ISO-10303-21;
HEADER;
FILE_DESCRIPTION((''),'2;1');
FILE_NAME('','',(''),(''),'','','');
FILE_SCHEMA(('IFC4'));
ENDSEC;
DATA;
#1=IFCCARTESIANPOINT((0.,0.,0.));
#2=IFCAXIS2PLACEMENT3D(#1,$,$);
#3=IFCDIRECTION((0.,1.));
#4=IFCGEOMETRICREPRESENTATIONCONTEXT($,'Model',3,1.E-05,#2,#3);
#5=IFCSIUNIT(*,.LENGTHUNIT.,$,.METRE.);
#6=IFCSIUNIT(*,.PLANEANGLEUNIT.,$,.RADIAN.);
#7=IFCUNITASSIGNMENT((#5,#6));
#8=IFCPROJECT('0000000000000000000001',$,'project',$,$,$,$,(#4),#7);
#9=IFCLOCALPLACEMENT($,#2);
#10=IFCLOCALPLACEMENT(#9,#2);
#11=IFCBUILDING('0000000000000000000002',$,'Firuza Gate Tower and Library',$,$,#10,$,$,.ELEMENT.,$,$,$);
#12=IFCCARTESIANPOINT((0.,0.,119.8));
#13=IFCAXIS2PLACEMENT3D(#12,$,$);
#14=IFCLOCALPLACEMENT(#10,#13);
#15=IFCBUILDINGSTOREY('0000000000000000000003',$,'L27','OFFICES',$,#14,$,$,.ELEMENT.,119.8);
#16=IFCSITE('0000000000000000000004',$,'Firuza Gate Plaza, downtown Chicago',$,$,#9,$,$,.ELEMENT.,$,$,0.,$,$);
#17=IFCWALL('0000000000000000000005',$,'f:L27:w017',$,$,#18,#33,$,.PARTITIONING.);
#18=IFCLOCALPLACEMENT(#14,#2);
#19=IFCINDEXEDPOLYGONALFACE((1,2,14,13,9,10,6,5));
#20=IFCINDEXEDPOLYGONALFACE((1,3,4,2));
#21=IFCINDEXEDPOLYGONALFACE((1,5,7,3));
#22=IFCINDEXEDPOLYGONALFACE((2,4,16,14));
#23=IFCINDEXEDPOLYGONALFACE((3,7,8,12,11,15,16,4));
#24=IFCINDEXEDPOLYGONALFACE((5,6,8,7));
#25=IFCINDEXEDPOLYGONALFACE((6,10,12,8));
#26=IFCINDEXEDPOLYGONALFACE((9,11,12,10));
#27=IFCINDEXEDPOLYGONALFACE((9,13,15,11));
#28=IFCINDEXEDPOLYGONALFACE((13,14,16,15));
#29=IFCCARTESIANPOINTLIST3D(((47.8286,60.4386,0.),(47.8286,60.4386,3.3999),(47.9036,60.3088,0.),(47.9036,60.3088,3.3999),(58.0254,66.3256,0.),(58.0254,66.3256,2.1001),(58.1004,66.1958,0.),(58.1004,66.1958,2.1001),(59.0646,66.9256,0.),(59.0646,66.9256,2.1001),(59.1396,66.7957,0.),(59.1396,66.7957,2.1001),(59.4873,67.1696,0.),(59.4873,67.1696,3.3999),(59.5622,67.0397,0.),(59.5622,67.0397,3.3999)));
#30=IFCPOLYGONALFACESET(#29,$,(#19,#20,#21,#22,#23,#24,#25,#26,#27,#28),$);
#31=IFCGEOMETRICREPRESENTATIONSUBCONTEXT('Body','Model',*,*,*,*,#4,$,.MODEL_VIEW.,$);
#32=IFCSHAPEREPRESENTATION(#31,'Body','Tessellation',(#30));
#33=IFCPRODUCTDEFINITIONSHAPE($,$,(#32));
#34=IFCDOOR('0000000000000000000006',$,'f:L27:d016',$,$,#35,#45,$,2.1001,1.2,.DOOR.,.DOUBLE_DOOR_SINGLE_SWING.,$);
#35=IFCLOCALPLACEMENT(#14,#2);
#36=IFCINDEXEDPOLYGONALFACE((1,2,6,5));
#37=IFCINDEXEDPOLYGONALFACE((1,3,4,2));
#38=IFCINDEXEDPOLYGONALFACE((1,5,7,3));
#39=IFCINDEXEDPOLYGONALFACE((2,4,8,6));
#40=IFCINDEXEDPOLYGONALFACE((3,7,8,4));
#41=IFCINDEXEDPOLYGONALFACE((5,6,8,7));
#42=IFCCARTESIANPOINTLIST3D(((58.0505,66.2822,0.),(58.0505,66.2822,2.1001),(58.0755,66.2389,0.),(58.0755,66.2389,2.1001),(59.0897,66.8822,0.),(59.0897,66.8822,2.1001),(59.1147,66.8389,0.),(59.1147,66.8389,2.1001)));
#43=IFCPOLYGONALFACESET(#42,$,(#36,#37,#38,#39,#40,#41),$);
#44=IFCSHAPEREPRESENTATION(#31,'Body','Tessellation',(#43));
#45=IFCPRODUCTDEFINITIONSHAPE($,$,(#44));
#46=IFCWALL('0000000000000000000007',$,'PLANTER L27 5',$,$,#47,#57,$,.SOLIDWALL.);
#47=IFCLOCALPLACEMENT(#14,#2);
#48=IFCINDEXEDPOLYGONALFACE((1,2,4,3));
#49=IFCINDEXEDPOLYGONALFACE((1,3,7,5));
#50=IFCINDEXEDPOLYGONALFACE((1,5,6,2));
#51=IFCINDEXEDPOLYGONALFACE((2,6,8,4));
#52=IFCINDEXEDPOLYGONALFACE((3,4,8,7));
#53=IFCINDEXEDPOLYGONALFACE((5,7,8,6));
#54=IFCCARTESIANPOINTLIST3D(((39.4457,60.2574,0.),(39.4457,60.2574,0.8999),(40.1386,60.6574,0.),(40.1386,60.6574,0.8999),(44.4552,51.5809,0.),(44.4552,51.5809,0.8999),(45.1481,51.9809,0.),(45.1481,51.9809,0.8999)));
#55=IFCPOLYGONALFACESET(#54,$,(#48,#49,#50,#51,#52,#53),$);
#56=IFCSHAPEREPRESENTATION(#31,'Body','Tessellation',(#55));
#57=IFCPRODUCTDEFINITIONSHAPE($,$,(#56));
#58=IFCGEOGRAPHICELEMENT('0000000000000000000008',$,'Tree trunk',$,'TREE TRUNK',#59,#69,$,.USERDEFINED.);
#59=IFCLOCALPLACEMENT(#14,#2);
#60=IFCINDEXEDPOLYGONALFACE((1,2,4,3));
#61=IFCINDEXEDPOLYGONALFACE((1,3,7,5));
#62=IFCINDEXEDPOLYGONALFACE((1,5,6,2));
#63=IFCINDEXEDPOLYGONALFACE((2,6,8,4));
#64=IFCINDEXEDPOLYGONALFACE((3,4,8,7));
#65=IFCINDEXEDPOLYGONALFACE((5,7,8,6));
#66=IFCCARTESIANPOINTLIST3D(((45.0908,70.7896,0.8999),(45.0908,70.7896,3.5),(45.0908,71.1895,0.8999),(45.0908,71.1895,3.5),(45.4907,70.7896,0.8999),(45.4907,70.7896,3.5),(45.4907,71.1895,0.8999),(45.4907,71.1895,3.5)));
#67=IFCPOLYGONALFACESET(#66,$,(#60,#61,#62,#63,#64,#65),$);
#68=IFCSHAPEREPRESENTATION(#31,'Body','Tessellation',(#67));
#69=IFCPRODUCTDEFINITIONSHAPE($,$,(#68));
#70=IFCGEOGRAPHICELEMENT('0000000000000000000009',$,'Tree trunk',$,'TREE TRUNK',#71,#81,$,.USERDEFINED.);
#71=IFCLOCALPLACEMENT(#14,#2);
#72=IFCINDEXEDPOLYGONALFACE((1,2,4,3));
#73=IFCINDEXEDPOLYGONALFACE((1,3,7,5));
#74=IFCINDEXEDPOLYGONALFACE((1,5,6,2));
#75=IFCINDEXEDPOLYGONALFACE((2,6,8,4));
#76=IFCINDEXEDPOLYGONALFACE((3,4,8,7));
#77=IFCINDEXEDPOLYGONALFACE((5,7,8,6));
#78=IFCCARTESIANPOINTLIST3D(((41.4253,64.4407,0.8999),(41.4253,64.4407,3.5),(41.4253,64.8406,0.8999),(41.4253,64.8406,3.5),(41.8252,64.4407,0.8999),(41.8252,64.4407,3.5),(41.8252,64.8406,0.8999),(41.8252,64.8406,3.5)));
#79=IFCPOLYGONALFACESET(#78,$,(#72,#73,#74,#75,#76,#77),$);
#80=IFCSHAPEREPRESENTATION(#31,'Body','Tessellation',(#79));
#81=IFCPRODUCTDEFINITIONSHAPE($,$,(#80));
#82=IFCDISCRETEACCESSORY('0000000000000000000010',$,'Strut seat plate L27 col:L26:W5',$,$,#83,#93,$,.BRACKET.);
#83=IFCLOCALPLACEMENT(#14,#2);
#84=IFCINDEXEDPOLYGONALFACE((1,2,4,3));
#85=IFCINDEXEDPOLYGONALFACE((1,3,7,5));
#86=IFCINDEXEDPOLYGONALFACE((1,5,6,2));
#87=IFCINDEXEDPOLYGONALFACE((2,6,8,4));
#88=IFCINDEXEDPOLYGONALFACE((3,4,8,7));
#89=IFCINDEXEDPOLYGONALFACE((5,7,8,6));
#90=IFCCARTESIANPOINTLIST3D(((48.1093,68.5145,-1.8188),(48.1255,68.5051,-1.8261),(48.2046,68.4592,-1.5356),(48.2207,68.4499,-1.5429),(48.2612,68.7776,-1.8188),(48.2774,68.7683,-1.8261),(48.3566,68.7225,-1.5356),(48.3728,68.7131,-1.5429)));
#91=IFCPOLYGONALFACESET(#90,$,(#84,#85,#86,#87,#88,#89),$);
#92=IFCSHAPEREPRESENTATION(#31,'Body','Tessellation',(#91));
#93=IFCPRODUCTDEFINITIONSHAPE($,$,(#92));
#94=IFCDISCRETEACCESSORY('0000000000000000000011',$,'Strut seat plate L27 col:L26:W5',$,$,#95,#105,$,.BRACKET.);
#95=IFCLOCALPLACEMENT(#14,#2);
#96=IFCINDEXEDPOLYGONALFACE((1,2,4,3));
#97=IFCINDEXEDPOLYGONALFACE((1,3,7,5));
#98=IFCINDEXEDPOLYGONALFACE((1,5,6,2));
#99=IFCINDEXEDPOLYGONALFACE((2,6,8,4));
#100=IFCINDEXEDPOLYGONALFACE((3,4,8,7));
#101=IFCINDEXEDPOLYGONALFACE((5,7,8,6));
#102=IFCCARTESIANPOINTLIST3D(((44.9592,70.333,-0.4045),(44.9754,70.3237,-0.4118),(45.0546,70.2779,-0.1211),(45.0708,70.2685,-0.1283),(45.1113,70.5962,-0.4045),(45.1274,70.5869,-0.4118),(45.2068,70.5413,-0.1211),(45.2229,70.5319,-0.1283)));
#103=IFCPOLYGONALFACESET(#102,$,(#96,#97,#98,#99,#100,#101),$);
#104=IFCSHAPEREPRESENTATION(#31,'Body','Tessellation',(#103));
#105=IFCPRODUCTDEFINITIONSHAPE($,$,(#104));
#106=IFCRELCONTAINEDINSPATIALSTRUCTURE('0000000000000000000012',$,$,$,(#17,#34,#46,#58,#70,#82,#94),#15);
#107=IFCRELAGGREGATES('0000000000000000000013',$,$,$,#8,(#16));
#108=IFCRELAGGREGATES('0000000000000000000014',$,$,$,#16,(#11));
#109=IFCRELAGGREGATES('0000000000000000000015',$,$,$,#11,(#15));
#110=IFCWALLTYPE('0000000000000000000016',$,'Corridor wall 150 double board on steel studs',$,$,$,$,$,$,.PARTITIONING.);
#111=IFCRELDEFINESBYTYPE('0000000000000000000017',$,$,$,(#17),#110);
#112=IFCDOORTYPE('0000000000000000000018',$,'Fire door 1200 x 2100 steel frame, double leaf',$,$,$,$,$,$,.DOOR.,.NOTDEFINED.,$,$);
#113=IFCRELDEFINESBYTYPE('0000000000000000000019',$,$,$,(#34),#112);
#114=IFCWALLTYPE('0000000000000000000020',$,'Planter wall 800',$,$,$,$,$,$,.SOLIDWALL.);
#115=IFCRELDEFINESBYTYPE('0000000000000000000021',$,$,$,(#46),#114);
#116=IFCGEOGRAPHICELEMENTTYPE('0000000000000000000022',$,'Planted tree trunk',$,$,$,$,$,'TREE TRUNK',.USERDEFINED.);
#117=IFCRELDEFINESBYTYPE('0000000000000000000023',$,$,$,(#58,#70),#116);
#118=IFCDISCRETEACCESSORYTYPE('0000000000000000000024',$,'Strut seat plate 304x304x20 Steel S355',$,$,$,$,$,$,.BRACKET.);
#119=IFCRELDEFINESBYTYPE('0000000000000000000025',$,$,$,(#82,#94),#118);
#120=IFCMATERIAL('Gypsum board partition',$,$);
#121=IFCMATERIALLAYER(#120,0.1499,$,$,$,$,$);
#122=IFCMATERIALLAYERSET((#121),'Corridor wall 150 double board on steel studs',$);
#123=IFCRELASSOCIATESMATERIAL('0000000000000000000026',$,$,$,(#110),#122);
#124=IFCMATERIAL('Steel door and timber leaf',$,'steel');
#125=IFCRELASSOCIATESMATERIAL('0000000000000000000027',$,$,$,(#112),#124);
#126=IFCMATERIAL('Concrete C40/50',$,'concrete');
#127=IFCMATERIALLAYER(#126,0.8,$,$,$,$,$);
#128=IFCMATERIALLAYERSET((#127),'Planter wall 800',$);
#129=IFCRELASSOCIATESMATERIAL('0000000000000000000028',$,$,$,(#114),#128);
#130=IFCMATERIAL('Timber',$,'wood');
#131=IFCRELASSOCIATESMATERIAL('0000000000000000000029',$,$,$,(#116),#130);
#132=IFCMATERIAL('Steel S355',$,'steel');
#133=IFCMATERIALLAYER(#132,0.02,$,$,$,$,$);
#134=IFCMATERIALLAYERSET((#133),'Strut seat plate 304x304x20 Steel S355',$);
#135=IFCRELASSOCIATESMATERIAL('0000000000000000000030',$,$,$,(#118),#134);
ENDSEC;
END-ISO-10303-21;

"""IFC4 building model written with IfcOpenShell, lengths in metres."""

from ifc_helpers import new_model, si_unit, direction, frame, frame_2d, origin, origin_2d, place, context, subcontext, project, spatial, polyline, rectangle, outline, extrude, material, layer, layer_set, type_object, element, fill, save


model = new_model("IFC4")

# Units and contexts
model_context = context("Model", 3, precision=1e-05, world=origin(), true_north=direction((0.0, 1.0)))
body_context = subcontext(model_context, "Body", "Model", "MODEL_VIEW")
ifc_project = project(units=[si_unit("LENGTHUNIT", "METRE"), si_unit("PLANEANGLEUNIT", "RADIAN")], contexts=[model_context])

# Site, building, storey
site_placement = place(None, origin())
site = spatial("IfcSite", under=ifc_project, at=site_placement, Name="Firuza Gate Plaza, downtown Chicago", CompositionType="ELEMENT", RefElevation=0.0)
building_placement = place(site_placement, origin())
building = spatial("IfcBuilding", under=site, at=building_placement, Name="Firuza Gate Tower and Library", CompositionType="ELEMENT")
storey_placement = place(building_placement, frame((0.0, 0.0, 119.8)))
storey = spatial("IfcBuildingStorey", under=building, at=storey_placement, Name="L27", Description="OFFICES", CompositionType="ELEMENT", Elevation=119.8)

# Wall, opening, door
ifc_material_1 = material(Name="Gypsum board partition")
ifc_layer_1 = layer(ifc_material_1, 0.1499)
ifc_layer_set_1 = layer_set([ifc_layer_1], Name="Corridor wall 150 double board on steel studs")
wall_type_1 = type_object("IfcWallType", Name="Corridor wall 150 double board on steel studs", PredefinedType="PARTITIONING", material=ifc_layer_set_1)
wall_1_placement = place(storey_placement, frame((47.8662, 60.3738, 0.0), z_axis=(0.0, 0.0, 1.0), x_axis=(0.866032, 0.499989, 0.0)))
wall_1 = element("IfcWall", 1, at=wall_1_placement, inside=storey, type_object=wall_type_1, Name="f:L27:w017", PredefinedType="PARTITIONING", context=body_context, shape_type="SweptSolid", body=[
    extrude(rectangle(XDim=13.4622, YDim=0.1499, at=frame_2d((6.731, 0.0))), origin(), (0.0, 0.0, 1.0), 3.3999),
])
opening_placement = place(wall_1_placement, frame((11.7739, 0.0, 0.0)))
opening = element("IfcOpeningElement", 2, at=opening_placement, cuts=wall_1, PredefinedType="OPENING", context=body_context, shape_type="SweptSolid", body=[
    extrude(rectangle(XDim=1.2, YDim=2.1001, at=frame_2d((0.6001, 1.05))), frame((0.0, 0.085, 0.0), z_axis=(0.0, -1.0, 0.0), x_axis=(1.0, 0.0, 0.0)), (0.0, 0.0, 1.0), 0.1699),
])
ifc_material_2 = material(Name="Steel door and timber leaf", Category="steel")
door_type = type_object("IfcDoorType", Name="Fire door 1200 x 2100 steel frame, double leaf", OperationType="NOTDEFINED", PredefinedType="DOOR", material=ifc_material_2)
door_placement = place(opening_placement, origin())
door = element("IfcDoor", 3, at=door_placement, inside=storey, type_object=door_type, Name="f:L27:d016", OperationType="DOUBLE_DOOR_SINGLE_SWING", OverallHeight=2.1001, OverallWidth=1.2, PredefinedType="DOOR", context=body_context, shape_type="SweptSolid", body=[
    extrude(rectangle(XDim=1.2, YDim=2.1001, at=frame_2d((0.6001, 1.05))), frame((0.0, 0.0249, 0.0), z_axis=(0.0, -1.0, 0.0), x_axis=(1.0, 0.0, 0.0)), (0.0, 0.0, 1.0), 0.05),
])
fill(opening, door)

# Wall
ifc_material_3 = material(Name="Concrete C40/50", Category="concrete")
ifc_layer_2 = layer(ifc_material_3, 0.8)
ifc_layer_set_2 = layer_set([ifc_layer_2], Name="Planter wall 800")
wall_type_2 = type_object("IfcWallType", Name="Planter wall 800", PredefinedType="SOLIDWALL", material=ifc_layer_set_2)
wall_2_placement = place(storey_placement, frame((39.7922, 60.4573, 0.0), z_axis=(0.0, 0.0, 1.0), x_axis=(0.50001, -0.86602, 0.0)))
element("IfcWall", 4, at=wall_2_placement, inside=storey, type_object=wall_type_2, Name="PLANTER L27 5", PredefinedType="SOLIDWALL", context=body_context, shape_type="SweptSolid", body=[
    extrude(rectangle(XDim=10.0188, YDim=0.8, at=frame_2d((5.0093, 0.0))), origin(), (0.0, 0.0, 1.0), 0.8999),
])

# Geographic elements
ifc_material_4 = material(Name="Timber", Category="wood")
geographic_element_type = type_object("IfcGeographicElementType", Name="Planted tree trunk", ElementType="TREE TRUNK", PredefinedType="USERDEFINED", material=ifc_material_4)
for number, where, z_axis, x_axis, name in (
    (5, (45.2908, 70.9895, 0.8999), (0.0, 0.0, 1.0), (1.0, 0.0, 0.0), "Tree trunk"),
    (6, (41.6252, 64.6406, 0.8999), (0.0, 0.0, 1.0), (1.0, 0.0, 0.0), "Tree trunk"),
):
    element("IfcGeographicElement", number, at=place(storey_placement, frame(where, z_axis=z_axis, x_axis=x_axis)), inside=storey, type_object=geographic_element_type, Name=name, ObjectType="TREE TRUNK", PredefinedType="USERDEFINED", context=body_context, shape_type="SweptSolid", body=[
        extrude(rectangle(XDim=0.3999, YDim=0.3999, at=origin_2d()), origin(), (0.0, 0.0, 1.0), 2.6001),
    ])

# Discrete accessories
ifc_material_5 = material(Name="Steel S355", Category="steel")
ifc_layer_3 = layer(ifc_material_5, 0.02)
ifc_layer_set_3 = layer_set([ifc_layer_3], Name="Strut seat plate 304x304x20 Steel S355")
discrete_accessory_type = type_object("IfcDiscreteAccessoryType", Name="Strut seat plate 304x304x20 Steel S355", PredefinedType="BRACKET", material=ifc_layer_set_3)
discrete_accessory_1_placement = place(storey_placement, frame((48.2046, 68.4592, -1.5356), z_axis=(-0.807085, 0.466058, 0.362496), x_axis=(0.50011, 0.865962, 0.000117)))
element("IfcDiscreteAccessory", 7, at=discrete_accessory_1_placement, inside=storey, type_object=discrete_accessory_type, Name="Strut seat plate L27 col:L26:W5", PredefinedType="BRACKET", context=body_context, shape_type="SweptSolid", body=[
    extrude(outline(polyline([(0.0, 0.0), (0.304, 0.0), (0.304, 0.3039), (0.0001, 0.3038), (0.0, 0.0)])), origin(), (0.0, 0.0, -1.0), 0.02),
])
discrete_accessory_2_placement = place(storey_placement, frame((45.2068, 70.5413, -0.1211), z_axis=(-0.807065, 0.466204, 0.362353), x_axis=(-0.500175, -0.865925, 0.000068)))
element("IfcDiscreteAccessory", 8, at=discrete_accessory_2_placement, inside=storey, type_object=discrete_accessory_type, Name="Strut seat plate L27 col:L26:W5", PredefinedType="BRACKET", context=body_context, shape_type="SweptSolid", body=[
    extrude(outline(polyline([(0.0, 0.0), (0.3042, 0.0), (0.3041, -0.3041), (0.0002, -0.3041), (0.0, 0.0)])), origin(), (0.0, 0.0, -1.0), 0.02),
])

save(model, "model.ifc")
